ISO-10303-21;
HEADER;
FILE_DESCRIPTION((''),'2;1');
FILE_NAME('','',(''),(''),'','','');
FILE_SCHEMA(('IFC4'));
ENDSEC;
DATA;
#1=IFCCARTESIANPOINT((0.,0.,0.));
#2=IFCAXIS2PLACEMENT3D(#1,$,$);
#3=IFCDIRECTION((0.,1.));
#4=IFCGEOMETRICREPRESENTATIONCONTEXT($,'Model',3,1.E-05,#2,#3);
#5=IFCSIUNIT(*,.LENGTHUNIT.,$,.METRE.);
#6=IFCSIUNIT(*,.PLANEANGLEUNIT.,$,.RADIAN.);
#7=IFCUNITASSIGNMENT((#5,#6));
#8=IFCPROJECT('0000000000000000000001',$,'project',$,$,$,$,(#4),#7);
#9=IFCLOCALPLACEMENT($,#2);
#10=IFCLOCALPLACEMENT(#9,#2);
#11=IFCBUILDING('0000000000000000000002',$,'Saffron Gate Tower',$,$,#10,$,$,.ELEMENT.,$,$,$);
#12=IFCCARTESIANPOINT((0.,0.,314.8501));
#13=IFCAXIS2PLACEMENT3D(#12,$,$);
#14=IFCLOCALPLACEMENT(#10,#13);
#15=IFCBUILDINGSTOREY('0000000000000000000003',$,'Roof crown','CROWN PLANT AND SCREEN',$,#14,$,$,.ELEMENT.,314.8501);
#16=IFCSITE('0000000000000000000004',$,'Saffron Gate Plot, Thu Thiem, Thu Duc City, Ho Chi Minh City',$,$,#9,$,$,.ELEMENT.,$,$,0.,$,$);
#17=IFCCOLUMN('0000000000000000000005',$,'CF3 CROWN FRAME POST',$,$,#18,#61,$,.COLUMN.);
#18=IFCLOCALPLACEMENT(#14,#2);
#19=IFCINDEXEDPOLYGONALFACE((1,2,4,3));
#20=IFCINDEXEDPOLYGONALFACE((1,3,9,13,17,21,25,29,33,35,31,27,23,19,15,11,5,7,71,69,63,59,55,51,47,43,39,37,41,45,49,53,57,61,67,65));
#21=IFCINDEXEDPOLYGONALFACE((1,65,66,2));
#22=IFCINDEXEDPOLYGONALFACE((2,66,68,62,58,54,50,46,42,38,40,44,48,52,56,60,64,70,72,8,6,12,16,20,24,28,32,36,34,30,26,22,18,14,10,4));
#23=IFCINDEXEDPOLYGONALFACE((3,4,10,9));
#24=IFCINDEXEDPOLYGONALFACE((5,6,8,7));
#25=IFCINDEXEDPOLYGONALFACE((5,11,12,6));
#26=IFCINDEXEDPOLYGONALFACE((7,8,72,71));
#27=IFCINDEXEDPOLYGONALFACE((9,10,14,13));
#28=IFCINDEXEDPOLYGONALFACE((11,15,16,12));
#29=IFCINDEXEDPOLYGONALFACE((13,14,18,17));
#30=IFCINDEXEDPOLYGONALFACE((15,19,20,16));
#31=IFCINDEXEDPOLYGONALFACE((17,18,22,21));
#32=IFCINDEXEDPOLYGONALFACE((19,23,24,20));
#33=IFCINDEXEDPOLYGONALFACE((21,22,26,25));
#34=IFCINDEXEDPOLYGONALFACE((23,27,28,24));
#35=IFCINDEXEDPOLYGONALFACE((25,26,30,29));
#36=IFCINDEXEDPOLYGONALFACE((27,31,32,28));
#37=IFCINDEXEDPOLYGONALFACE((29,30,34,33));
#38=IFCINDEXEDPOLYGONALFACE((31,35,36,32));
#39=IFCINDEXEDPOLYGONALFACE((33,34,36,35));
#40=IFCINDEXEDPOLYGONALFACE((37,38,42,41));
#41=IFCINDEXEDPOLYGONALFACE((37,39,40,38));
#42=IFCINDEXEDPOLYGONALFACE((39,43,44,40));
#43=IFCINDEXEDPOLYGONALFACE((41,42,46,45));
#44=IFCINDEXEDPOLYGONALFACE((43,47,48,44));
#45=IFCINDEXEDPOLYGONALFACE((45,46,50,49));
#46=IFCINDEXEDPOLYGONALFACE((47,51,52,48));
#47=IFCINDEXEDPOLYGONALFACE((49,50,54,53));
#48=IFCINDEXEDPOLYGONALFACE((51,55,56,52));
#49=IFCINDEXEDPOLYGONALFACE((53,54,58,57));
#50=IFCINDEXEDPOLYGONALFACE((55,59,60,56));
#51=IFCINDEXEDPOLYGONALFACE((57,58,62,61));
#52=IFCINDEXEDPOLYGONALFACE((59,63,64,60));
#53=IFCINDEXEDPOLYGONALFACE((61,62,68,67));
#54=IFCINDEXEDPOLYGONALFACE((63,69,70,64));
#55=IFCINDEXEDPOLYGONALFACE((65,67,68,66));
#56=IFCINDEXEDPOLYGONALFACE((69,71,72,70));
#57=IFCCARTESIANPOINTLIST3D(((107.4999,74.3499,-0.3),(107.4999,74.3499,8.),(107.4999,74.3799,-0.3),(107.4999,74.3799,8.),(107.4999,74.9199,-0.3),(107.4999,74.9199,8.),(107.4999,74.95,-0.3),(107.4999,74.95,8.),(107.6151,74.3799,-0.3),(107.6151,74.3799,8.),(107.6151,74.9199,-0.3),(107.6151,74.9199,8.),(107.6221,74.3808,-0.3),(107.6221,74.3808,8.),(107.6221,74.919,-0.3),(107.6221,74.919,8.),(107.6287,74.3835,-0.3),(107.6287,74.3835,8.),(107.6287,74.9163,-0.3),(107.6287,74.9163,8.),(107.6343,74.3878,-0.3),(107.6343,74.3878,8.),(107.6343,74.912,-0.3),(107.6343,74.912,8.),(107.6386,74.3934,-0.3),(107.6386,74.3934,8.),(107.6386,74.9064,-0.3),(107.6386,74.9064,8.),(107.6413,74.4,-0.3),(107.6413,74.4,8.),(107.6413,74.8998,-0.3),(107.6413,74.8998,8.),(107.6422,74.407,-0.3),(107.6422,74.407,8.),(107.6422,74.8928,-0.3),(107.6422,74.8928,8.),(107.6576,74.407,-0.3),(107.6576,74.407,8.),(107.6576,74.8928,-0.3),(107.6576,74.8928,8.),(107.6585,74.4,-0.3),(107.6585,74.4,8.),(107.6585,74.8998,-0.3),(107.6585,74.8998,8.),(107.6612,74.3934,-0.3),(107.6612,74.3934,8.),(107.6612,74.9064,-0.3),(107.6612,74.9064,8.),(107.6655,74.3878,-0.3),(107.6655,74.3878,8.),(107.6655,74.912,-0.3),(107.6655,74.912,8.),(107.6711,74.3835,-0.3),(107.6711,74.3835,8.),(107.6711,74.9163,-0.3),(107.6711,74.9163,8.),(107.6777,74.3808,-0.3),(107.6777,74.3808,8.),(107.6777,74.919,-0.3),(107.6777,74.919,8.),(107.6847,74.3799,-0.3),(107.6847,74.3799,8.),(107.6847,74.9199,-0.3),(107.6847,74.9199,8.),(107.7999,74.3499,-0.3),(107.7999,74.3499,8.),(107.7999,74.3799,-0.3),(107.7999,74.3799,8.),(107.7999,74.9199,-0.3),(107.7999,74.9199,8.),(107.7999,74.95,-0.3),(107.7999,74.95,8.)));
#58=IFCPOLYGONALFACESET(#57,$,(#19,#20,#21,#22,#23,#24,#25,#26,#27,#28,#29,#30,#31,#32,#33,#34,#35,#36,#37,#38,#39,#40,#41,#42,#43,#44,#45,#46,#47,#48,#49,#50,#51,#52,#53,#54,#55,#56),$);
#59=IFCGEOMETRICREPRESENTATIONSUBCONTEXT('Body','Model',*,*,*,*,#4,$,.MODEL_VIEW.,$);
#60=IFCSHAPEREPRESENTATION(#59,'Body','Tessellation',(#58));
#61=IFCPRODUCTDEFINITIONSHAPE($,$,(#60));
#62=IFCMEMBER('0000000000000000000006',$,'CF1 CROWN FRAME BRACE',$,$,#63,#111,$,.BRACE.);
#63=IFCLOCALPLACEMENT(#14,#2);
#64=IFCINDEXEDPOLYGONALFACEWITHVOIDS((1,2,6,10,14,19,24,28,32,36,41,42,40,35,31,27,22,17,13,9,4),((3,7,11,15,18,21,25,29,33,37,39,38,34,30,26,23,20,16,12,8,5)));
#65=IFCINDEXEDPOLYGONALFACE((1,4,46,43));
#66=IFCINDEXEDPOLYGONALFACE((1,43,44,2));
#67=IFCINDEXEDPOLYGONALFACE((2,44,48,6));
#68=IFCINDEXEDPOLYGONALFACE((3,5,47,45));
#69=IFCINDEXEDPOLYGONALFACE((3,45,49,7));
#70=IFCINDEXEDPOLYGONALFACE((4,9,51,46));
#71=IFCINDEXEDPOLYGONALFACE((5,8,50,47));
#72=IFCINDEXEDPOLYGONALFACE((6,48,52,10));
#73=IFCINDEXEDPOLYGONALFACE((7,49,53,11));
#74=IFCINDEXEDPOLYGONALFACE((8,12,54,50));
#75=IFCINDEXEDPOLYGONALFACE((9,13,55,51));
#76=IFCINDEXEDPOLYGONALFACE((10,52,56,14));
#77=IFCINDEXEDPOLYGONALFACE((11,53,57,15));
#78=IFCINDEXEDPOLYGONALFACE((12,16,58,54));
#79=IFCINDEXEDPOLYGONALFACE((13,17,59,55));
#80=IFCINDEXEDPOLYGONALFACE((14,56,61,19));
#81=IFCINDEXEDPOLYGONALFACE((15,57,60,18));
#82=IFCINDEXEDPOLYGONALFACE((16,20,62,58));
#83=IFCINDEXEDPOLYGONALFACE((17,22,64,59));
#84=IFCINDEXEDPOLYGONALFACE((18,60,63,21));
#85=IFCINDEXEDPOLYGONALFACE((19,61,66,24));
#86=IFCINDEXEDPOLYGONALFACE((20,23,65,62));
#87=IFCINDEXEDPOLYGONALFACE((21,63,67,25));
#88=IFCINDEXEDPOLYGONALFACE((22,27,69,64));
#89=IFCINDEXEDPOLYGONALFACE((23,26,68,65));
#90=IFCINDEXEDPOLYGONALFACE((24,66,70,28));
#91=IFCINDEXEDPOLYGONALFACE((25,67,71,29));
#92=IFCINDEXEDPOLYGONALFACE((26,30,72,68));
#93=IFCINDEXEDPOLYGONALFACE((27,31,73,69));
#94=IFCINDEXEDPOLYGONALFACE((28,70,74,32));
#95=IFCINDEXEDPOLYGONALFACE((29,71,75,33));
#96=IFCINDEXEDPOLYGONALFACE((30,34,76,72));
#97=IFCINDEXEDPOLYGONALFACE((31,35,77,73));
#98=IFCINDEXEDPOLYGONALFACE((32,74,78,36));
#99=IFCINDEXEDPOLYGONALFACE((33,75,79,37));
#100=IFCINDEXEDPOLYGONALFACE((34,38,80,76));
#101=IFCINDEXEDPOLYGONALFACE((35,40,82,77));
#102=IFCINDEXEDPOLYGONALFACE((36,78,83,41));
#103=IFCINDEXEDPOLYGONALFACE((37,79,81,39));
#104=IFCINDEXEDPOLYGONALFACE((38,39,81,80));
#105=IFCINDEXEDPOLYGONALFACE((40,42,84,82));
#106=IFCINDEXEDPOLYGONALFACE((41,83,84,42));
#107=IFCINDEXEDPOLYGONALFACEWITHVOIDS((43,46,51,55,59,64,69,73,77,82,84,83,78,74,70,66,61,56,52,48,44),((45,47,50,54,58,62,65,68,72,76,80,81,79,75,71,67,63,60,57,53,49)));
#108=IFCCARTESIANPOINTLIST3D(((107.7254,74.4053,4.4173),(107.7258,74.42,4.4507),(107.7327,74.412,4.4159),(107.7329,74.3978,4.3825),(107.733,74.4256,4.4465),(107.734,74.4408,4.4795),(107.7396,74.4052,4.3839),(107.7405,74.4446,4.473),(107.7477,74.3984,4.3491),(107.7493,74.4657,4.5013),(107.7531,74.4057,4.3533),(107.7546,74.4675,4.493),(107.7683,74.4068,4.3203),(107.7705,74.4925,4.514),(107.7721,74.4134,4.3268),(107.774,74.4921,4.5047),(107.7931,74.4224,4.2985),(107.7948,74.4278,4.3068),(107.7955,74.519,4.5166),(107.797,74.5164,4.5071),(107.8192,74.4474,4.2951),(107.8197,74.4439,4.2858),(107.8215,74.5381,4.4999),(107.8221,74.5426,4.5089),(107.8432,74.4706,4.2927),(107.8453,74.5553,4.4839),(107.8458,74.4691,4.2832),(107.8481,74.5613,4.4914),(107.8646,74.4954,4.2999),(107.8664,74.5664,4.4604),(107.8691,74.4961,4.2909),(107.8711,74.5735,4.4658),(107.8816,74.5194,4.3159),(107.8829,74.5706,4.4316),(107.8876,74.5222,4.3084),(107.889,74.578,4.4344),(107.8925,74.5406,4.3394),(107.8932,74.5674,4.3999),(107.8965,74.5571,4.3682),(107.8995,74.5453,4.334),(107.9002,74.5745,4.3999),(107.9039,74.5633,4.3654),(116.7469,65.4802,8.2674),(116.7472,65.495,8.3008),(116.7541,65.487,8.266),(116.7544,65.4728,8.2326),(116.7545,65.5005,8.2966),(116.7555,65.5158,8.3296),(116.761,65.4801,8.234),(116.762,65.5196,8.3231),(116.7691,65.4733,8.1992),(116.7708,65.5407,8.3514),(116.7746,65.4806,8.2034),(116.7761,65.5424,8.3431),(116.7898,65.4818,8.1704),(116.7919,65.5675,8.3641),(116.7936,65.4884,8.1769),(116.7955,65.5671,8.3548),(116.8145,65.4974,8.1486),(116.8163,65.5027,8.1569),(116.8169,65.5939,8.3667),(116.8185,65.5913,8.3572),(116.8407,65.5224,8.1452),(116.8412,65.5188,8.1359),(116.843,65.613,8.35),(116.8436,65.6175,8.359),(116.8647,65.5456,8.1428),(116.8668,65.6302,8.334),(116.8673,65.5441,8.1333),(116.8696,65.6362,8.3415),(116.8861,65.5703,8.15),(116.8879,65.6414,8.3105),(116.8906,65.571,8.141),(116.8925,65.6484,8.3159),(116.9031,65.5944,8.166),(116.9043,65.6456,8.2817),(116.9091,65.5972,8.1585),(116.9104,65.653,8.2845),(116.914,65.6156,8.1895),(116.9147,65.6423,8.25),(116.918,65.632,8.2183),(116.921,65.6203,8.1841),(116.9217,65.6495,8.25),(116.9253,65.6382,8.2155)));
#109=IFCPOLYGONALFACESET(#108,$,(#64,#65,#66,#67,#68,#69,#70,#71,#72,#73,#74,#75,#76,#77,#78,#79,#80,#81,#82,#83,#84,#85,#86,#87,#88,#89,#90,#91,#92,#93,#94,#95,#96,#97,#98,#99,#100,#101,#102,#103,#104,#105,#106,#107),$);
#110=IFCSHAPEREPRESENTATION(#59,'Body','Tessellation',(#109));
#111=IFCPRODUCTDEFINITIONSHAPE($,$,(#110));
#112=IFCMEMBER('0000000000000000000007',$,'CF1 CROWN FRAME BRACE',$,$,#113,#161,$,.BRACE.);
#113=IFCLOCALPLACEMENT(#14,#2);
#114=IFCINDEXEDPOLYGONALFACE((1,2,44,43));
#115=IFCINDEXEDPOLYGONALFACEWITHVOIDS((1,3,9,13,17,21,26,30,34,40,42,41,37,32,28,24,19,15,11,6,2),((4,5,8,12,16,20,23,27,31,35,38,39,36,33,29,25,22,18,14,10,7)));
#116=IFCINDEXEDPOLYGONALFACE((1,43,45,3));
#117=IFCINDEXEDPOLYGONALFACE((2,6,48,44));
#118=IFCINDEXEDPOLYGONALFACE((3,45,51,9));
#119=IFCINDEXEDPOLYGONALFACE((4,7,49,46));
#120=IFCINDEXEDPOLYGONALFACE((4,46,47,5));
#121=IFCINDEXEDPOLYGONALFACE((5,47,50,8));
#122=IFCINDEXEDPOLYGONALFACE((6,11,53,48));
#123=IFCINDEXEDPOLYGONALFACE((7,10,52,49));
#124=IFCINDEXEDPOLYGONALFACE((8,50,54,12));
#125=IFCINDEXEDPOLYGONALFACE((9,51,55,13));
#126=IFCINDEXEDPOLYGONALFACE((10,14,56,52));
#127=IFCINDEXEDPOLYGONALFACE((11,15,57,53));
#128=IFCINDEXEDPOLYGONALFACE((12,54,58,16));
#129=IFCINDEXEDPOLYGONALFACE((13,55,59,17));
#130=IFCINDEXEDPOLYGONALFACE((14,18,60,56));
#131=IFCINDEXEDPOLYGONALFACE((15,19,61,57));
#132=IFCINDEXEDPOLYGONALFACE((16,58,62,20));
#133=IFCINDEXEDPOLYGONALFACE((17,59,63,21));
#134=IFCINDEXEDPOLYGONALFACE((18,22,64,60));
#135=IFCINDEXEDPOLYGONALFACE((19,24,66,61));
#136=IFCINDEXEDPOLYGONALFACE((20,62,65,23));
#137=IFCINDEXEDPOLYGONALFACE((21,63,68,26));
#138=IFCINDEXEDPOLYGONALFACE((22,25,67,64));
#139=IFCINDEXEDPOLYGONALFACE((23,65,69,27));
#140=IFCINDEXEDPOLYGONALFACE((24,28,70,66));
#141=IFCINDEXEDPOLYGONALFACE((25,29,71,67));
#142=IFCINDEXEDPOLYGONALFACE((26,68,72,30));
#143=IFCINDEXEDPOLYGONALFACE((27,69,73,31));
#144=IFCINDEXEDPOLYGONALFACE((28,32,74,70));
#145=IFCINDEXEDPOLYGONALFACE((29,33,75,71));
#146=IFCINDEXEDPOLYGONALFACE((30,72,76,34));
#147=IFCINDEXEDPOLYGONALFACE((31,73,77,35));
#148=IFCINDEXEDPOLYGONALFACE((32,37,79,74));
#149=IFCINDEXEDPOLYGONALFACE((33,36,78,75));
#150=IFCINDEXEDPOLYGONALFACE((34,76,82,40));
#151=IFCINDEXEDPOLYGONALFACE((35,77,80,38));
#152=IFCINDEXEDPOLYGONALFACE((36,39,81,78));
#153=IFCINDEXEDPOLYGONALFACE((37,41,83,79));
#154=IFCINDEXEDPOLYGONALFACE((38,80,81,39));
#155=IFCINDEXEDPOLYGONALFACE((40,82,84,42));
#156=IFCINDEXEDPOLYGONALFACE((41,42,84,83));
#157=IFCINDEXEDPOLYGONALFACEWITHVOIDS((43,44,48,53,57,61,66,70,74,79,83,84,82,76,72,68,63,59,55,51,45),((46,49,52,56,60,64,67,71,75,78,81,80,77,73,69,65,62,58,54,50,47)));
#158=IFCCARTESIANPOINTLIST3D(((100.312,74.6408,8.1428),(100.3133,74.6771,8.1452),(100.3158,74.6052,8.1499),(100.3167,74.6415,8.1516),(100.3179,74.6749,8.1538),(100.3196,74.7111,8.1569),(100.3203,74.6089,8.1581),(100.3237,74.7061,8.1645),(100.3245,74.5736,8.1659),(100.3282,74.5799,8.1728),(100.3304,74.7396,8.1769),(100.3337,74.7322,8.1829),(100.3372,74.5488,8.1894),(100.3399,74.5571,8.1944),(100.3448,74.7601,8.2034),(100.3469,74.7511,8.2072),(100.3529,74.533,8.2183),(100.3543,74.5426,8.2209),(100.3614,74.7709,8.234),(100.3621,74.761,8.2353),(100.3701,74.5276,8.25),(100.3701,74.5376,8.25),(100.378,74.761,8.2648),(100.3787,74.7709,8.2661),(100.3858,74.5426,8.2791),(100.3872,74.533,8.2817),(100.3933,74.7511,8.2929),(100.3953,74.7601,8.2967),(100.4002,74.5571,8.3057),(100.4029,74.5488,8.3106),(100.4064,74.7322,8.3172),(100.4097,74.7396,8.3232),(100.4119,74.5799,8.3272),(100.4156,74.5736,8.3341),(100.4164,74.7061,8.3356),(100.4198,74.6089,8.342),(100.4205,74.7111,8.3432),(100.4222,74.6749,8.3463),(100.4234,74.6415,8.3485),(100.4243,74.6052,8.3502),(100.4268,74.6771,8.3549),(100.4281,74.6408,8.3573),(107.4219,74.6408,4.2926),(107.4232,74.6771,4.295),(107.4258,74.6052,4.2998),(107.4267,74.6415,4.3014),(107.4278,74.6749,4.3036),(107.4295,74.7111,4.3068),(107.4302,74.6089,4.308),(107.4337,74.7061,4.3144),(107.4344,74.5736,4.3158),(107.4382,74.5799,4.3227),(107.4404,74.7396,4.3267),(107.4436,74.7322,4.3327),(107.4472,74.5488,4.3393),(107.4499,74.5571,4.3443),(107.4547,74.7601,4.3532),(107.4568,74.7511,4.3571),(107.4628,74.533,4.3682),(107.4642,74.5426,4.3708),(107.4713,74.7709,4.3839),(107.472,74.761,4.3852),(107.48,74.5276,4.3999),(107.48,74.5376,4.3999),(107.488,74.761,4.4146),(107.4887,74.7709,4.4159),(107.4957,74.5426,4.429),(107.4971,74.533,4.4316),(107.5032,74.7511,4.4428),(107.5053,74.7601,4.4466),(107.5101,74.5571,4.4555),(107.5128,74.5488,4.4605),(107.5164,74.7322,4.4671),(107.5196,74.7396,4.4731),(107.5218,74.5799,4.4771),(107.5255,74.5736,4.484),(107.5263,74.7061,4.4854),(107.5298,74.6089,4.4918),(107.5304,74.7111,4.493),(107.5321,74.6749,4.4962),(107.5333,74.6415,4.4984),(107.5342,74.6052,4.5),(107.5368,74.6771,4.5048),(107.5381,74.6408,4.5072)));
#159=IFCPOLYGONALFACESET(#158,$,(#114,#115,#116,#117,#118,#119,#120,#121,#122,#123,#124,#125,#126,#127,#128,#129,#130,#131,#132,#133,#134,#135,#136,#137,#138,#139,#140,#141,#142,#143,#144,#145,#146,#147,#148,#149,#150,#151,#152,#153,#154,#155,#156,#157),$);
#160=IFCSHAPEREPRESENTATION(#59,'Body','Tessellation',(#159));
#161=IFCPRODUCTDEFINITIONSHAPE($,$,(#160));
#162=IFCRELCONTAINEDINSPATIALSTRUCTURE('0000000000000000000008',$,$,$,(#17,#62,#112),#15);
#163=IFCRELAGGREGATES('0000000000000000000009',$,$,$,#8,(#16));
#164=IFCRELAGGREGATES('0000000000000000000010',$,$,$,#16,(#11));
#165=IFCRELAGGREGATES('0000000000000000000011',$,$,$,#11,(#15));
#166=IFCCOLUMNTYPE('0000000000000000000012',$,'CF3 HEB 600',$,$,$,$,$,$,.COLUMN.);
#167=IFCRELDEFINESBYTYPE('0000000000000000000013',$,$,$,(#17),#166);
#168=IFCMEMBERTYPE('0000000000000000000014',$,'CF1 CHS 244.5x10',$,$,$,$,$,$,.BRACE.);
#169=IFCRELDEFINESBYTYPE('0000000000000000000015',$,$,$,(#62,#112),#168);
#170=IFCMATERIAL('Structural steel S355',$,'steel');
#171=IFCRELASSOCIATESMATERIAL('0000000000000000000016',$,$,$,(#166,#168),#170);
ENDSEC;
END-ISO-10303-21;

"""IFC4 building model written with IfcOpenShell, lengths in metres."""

from ifc_helpers import new_model, si_unit, direction, frame, origin, origin_2d, place, context, subcontext, project, spatial, hollow_circle, i_section, extrude, material, material_profile, profile_set, type_object, element, save


model = new_model("IFC4")

# Units and contexts
model_context = context("Model", 3, precision=1e-05, world=origin(), true_north=direction((0.0, 1.0)))
body_context = subcontext(model_context, "Body", "Model", "MODEL_VIEW")
ifc_project = project(units=[si_unit("LENGTHUNIT", "METRE"), si_unit("PLANEANGLEUNIT", "RADIAN")], contexts=[model_context])

# Site, building, storey
site_placement = place(None, origin())
site = spatial("IfcSite", under=ifc_project, at=site_placement, Name="Saffron Gate Plot, Thu Thiem, Thu Duc City, Ho Chi Minh City", CompositionType="ELEMENT", RefElevation=0.0)
building_placement = place(site_placement, origin())
building = spatial("IfcBuilding", under=site, at=building_placement, Name="Saffron Gate Tower", CompositionType="ELEMENT")
storey_placement = place(building_placement, frame((0.0, 0.0, 314.8501)))
storey = spatial("IfcBuildingStorey", under=building, at=storey_placement, Name="Roof crown", Description="CROWN PLANT AND SCREEN", CompositionType="ELEMENT", Elevation=314.8501)

# Column
ifc_material_1 = material(Name="Structural steel S355", Category="steel")
ifc_material_profile_1 = material_profile(ifc_material_1, i_section(OverallWidth=0.3, OverallDepth=0.6001, WebThickness=0.0154, FlangeThickness=0.03, FilletRadius=0.0271, at=origin_2d()))
ifc_profile_set_1 = profile_set([ifc_material_profile_1], Name="Structural steel S355")
column_type = type_object("IfcColumnType", Name="CF3 HEB 600", PredefinedType="COLUMN", material=ifc_profile_set_1)
column_placement = place(storey_placement, frame((107.6499, 74.6499, -0.3), z_axis=(0.0, 0.0, 1.0), x_axis=(1.0, 0.0, 0.0)))
element("IfcColumn", 1, at=column_placement, inside=storey, type_object=column_type, Name="CF3 CROWN FRAME POST", PredefinedType="COLUMN", context=body_context, shape_type="SweptSolid", body=[
    extrude(i_section(OverallWidth=0.3, OverallDepth=0.6001, WebThickness=0.0154, FlangeThickness=0.03, FilletRadius=0.0271, at=origin_2d()), origin(), (0.0, 0.0, 1.0), 8.3),
])

# Members
ifc_material_profile_2 = material_profile(ifc_material_1, hollow_circle(Radius=0.1223, WallThickness=0.01, at=origin_2d()))
ifc_profile_set_2 = profile_set([ifc_material_profile_2], Name="Structural steel S355")
member_type_1 = type_object("IfcMemberType", Name="CF1 CHS 244.5x10", PredefinedType="BRACE", material=ifc_profile_set_2)
member_1_placement = place(storey_placement, frame((107.8142, 74.4875, 4.3999), z_axis=(0.680277, -0.673005, 0.290322), x_axis=(0.703297, 0.710896, 0.0)))
element("IfcMember", 2, at=member_1_placement, inside=storey, type_object=member_type_1, Name="CF1 CROWN FRAME BRACE", PredefinedType="BRACE", context=body_context, shape_type="SweptSolid", body=[
    extrude(hollow_circle(Radius=0.1223, WallThickness=0.01, at=origin_2d()), origin(), (0.0, 0.0, 1.0), 13.2615),
])
member_2_placement = place(storey_placement, frame((107.48, 74.6499, 4.3999), z_axis=(-0.879348, 0.0, 0.47618), x_axis=(0.0, -1.0, 0.0)))
element("IfcMember", 3, at=member_2_placement, inside=storey, type_object=member_type_1, Name="CF1 CROWN FRAME BRACE", PredefinedType="BRACE", context=body_context, shape_type="SweptSolid", body=[
    extrude(hollow_circle(Radius=0.1223, WallThickness=0.01, at=origin_2d()), origin(), (0.0, 0.0, 1.0), 8.0854),
])

save(model, "model.ifc")
